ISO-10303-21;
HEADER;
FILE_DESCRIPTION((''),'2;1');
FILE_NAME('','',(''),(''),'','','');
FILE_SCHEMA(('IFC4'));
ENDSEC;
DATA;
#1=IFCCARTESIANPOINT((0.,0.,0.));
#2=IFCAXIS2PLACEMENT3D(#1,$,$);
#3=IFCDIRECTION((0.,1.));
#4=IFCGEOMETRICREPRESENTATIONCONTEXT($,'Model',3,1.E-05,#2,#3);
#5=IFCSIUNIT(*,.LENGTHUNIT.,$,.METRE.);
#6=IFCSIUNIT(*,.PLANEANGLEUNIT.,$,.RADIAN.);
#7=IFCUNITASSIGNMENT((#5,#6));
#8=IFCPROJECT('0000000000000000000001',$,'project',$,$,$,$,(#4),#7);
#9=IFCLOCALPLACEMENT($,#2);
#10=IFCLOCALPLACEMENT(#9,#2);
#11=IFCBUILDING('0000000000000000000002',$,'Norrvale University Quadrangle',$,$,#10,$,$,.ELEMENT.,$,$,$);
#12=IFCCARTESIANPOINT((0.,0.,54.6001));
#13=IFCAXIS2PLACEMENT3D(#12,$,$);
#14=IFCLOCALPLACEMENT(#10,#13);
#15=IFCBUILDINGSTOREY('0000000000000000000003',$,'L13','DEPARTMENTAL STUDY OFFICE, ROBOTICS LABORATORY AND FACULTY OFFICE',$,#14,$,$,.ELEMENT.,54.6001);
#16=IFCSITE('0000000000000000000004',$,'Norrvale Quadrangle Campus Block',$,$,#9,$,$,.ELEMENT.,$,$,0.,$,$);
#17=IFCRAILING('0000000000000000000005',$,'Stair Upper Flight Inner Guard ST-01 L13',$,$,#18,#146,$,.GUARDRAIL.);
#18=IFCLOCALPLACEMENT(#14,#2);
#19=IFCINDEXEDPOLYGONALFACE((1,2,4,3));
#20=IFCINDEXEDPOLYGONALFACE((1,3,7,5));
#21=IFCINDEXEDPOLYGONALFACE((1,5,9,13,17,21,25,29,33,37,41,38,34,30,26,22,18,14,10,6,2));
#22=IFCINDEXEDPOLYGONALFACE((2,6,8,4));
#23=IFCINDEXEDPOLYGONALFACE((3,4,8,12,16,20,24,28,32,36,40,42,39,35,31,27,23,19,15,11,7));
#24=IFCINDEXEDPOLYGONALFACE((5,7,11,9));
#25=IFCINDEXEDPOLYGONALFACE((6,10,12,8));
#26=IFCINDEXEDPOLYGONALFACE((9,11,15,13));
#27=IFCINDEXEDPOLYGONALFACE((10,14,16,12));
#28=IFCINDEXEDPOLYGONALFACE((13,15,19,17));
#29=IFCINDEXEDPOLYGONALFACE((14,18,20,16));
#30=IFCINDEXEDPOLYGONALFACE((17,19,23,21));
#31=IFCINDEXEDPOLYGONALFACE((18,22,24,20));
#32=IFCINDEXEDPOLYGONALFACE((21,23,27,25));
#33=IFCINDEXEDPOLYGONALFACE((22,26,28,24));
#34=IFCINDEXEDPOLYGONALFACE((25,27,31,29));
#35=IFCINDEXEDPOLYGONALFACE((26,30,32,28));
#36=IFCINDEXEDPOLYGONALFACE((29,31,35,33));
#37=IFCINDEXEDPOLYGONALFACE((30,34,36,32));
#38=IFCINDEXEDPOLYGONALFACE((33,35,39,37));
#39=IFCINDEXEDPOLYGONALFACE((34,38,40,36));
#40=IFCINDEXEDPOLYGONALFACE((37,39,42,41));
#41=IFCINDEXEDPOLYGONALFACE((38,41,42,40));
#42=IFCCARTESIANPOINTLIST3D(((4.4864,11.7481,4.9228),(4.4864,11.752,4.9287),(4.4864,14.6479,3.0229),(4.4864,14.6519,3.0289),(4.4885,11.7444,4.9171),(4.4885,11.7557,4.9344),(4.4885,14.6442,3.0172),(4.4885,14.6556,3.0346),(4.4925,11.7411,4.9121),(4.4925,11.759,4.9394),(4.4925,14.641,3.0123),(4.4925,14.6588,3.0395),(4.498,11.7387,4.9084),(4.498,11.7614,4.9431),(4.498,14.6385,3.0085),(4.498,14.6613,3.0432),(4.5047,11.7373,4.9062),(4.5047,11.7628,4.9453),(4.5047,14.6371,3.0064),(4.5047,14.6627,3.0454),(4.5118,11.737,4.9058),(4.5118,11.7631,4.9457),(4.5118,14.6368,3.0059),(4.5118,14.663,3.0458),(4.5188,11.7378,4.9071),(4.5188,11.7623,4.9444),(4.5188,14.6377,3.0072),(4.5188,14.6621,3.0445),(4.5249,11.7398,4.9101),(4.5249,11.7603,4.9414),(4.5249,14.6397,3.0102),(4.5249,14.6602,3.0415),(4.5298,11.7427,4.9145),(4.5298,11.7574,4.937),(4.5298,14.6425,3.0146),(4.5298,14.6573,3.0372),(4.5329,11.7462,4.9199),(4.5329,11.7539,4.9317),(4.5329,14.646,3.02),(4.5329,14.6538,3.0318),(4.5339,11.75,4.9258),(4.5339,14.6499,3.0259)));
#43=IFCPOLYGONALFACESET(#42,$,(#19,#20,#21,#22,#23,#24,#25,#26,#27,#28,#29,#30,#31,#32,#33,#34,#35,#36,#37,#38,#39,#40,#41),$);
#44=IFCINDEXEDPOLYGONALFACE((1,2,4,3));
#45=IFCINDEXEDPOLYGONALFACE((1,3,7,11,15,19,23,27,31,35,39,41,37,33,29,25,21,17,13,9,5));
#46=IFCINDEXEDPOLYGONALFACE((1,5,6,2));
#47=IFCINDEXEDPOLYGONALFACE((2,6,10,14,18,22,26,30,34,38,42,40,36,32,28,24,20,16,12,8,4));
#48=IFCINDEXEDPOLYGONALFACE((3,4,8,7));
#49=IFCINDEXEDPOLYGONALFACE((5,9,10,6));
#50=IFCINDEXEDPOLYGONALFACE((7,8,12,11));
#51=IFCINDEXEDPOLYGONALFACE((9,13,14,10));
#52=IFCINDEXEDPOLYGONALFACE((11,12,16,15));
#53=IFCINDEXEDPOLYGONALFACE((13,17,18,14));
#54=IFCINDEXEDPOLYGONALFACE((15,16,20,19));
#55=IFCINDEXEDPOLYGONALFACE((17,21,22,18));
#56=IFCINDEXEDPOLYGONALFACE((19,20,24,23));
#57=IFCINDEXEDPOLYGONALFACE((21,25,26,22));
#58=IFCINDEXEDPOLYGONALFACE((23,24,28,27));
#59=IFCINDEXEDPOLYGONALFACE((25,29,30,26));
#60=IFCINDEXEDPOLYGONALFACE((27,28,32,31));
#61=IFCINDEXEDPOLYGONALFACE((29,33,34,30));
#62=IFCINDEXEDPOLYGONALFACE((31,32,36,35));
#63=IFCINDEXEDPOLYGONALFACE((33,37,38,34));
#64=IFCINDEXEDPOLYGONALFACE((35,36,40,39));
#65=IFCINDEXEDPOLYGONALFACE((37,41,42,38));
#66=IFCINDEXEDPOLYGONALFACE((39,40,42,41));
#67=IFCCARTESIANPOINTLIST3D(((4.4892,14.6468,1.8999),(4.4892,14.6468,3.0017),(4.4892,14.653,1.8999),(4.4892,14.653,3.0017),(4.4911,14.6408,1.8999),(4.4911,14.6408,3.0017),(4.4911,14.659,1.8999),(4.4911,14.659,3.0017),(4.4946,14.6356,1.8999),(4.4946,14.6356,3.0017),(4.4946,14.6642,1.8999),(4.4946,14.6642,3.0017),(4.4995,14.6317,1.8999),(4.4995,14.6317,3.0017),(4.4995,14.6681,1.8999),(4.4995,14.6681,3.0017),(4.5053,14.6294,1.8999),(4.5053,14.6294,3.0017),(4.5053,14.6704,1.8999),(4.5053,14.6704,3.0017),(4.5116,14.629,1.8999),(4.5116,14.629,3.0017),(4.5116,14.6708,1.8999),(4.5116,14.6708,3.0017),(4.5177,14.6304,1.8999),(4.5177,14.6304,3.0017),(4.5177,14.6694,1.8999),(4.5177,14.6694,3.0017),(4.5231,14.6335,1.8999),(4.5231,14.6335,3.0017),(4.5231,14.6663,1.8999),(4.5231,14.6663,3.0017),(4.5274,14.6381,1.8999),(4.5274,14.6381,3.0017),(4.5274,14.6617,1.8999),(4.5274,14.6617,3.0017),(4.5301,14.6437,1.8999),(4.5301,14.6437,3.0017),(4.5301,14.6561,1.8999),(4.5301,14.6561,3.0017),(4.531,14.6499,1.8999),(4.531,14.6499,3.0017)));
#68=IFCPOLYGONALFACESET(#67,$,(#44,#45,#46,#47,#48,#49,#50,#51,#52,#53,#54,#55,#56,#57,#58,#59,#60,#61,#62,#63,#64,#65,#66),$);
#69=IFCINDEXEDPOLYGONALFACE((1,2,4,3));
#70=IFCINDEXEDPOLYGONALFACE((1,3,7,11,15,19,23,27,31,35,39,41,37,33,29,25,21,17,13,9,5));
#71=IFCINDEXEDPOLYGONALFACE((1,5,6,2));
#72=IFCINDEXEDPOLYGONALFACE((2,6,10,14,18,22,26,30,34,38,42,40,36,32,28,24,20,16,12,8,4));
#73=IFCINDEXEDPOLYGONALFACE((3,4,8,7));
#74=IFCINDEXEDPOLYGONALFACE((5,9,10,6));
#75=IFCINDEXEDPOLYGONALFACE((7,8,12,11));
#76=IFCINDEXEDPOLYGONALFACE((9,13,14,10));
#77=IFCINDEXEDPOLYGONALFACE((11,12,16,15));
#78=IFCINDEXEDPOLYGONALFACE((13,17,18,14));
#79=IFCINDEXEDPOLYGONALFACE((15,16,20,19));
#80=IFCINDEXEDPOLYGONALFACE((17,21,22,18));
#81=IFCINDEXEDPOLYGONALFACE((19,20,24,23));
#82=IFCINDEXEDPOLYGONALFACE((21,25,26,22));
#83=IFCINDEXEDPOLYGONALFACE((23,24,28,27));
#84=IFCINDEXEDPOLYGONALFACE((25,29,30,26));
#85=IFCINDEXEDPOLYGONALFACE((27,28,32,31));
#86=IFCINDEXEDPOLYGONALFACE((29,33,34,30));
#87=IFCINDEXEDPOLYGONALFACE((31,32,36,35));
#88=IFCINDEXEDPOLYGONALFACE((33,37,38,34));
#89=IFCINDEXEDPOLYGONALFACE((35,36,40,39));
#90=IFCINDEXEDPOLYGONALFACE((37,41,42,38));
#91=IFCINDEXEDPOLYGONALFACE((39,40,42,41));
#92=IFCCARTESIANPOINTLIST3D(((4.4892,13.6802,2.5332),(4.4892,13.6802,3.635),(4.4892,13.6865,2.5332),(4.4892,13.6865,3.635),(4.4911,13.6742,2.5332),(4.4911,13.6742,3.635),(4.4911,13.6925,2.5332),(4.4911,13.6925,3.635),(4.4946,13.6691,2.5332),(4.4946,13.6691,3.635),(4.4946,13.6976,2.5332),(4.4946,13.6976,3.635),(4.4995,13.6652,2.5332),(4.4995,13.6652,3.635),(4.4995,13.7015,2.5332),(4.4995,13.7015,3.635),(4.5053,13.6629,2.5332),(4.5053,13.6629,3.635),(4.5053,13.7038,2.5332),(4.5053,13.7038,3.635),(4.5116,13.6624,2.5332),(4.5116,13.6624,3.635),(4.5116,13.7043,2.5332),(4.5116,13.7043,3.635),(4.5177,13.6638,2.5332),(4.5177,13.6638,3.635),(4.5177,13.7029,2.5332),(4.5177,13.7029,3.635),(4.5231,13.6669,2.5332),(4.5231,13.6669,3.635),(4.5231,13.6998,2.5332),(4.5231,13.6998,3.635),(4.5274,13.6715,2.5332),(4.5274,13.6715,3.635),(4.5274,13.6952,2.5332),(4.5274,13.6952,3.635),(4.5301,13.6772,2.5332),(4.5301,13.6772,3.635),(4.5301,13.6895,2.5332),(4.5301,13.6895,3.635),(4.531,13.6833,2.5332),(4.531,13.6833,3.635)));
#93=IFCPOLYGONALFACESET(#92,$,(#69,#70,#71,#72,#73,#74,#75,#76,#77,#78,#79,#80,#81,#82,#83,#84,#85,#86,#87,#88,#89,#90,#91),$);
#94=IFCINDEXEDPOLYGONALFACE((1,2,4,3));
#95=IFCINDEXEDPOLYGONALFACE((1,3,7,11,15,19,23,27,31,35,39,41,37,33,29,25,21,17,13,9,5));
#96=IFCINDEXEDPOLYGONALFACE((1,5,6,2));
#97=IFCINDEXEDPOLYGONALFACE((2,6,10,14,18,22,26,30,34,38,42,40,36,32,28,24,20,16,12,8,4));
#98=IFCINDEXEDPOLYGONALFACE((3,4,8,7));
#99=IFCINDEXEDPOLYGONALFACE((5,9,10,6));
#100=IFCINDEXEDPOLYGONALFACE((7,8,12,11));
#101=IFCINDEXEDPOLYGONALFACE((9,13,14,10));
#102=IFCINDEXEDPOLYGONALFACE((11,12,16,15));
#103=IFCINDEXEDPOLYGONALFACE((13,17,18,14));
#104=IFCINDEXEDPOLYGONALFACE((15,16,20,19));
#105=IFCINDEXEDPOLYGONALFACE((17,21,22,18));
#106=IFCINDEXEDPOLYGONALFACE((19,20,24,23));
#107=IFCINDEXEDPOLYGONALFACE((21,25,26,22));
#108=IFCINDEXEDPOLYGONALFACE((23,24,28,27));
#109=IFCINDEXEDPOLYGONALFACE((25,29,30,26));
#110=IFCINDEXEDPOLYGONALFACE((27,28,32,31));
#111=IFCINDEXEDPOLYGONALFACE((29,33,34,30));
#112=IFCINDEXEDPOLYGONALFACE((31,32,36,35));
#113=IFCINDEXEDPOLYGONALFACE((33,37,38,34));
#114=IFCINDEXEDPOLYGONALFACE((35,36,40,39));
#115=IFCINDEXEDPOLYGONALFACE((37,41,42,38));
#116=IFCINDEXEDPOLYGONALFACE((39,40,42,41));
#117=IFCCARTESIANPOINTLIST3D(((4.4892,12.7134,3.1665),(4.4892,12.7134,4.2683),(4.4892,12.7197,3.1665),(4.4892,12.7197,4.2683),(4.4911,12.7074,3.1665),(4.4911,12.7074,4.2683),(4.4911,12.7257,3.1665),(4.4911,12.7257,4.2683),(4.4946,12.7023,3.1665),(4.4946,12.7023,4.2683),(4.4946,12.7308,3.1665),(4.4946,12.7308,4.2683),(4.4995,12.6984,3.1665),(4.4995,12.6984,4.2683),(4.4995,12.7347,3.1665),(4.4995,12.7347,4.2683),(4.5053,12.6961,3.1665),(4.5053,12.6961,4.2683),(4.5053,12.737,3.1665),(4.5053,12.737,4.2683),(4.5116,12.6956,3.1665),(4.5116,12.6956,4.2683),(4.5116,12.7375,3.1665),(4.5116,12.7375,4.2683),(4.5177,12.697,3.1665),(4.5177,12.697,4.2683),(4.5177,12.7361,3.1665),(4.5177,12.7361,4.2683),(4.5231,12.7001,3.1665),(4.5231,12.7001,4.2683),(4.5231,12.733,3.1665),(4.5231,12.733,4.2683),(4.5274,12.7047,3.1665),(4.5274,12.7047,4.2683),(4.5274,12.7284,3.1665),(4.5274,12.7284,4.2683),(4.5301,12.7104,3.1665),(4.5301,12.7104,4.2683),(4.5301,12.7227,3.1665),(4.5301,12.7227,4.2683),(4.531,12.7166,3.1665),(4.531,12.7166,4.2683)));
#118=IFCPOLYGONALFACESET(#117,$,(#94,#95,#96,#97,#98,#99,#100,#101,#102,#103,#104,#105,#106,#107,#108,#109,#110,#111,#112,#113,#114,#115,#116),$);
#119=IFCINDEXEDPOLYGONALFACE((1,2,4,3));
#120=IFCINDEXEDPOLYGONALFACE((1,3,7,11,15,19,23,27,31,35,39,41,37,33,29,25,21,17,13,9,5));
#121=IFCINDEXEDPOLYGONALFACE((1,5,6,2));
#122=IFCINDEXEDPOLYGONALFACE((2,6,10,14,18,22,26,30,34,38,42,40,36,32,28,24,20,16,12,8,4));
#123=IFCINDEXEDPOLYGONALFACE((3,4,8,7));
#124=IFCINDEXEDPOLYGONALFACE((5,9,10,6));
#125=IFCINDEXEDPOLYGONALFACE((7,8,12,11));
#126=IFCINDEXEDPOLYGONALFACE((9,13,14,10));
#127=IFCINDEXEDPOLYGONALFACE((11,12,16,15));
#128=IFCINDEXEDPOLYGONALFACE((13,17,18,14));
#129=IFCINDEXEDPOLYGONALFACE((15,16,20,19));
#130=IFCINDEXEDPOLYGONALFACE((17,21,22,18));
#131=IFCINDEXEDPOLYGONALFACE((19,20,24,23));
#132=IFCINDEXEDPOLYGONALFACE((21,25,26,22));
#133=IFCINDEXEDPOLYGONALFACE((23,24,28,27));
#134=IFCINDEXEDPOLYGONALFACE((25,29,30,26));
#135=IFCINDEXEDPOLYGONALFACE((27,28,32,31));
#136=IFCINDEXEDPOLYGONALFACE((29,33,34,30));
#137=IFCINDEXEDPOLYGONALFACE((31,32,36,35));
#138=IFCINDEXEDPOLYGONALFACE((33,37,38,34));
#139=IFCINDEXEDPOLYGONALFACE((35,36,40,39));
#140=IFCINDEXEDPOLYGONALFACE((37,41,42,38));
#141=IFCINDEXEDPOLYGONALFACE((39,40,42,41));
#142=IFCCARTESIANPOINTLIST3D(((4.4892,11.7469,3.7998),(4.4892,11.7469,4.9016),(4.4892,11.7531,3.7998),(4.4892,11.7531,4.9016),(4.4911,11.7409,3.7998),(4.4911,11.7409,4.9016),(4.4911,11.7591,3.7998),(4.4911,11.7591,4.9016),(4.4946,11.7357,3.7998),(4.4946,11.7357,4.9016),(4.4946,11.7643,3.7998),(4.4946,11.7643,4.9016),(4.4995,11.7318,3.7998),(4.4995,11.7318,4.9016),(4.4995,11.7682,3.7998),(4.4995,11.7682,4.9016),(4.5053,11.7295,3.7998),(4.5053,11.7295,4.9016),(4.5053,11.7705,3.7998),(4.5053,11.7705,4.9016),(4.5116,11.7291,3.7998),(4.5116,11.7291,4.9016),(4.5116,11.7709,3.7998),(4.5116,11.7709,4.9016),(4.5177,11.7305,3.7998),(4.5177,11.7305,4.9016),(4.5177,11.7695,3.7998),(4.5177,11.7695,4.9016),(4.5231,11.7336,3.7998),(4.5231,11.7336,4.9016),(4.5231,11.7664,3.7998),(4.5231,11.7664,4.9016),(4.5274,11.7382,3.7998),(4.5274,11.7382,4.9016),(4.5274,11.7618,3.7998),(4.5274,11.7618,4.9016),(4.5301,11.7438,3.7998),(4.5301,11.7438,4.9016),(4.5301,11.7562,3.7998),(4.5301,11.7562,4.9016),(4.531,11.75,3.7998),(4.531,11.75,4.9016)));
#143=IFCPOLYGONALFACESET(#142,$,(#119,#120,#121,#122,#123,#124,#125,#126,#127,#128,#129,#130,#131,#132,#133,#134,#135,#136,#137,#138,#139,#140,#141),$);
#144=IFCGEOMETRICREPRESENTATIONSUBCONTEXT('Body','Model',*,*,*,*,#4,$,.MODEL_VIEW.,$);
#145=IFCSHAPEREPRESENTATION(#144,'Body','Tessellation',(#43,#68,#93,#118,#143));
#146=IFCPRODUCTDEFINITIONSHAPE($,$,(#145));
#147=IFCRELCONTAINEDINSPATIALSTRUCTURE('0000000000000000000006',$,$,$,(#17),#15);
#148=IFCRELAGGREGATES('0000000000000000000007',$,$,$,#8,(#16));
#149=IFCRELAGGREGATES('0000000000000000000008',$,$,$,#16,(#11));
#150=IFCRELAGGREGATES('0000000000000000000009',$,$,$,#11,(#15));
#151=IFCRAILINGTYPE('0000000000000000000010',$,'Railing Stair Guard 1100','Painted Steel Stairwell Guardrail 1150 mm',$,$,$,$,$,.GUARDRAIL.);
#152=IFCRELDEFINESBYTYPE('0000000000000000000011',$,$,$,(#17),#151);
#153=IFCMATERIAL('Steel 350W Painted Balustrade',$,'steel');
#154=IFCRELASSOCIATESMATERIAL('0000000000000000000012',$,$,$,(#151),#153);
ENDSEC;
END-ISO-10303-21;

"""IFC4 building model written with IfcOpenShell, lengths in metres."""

from ifc_helpers import new_model, si_unit, direction, frame, origin, origin_2d, place, context, subcontext, project, spatial, circle, extrude, material, type_object, element, save


model = new_model("IFC4")

# Units and contexts
model_context = context("Model", 3, precision=1e-05, world=origin(), true_north=direction((0.0, 1.0)))
body_context = subcontext(model_context, "Body", "Model", "MODEL_VIEW")
ifc_project = project(units=[si_unit("LENGTHUNIT", "METRE"), si_unit("PLANEANGLEUNIT", "RADIAN")], contexts=[model_context])

# Site, building, storey
site_placement = place(None, origin())
site = spatial("IfcSite", under=ifc_project, at=site_placement, Name="Norrvale Quadrangle Campus Block", CompositionType="ELEMENT", RefElevation=0.0)
building_placement = place(site_placement, origin())
building = spatial("IfcBuilding", under=site, at=building_placement, Name="Norrvale University Quadrangle", CompositionType="ELEMENT")
storey_placement = place(building_placement, frame((0.0, 0.0, 54.6001)))
storey = spatial("IfcBuildingStorey", under=building, at=storey_placement, Name="L13", Description="DEPARTMENTAL STUDY OFFICE, ROBOTICS LABORATORY AND FACULTY OFFICE", CompositionType="ELEMENT", Elevation=54.6001)

# Railing
ifc_material_1 = material(Name="Steel 350W Painted Balustrade", Category="steel")
railing_type_1 = type_object("IfcRailingType", Name="Railing Stair Guard 1100", Description="Painted Steel Stairwell Guardrail 1150 mm", PredefinedType="GUARDRAIL", material=ifc_material_1)
railing_1_placement = place(storey_placement, frame((4.51, 14.6499, 1.8999)))
element("IfcRailing", 1, at=railing_1_placement, inside=storey, type_object=railing_type_1, Name="Stair Upper Flight Inner Guard ST-01 L13", PredefinedType="GUARDRAIL", context=body_context, shape_type="SweptSolid", body=[
    extrude(circle(Radius=0.0239, at=origin_2d()), frame((0.0, 0.0, 1.126), z_axis=(0.0, -0.836466, 0.548019), x_axis=(1.0, 0.0, 0.0)), (0.0, 0.0, 1.0), 3.4668),
    extrude(circle(Radius=0.021, at=origin_2d()), origin(), (0.0, 0.0, 1.0), 1.1018),
    extrude(circle(Radius=0.021, at=origin_2d()), frame((0.0, -0.9666, 0.6333)), (0.0, 0.0, 1.0), 1.1018),
    extrude(circle(Radius=0.021, at=origin_2d()), frame((0.0, -1.9333, 1.2666)), (0.0, 0.0, 1.0), 1.1018),
    extrude(circle(Radius=0.021, at=origin_2d()), frame((0.0, -2.8999, 1.8999)), (0.0, 0.0, 1.0), 1.1018),
])

save(model, "model.ifc")
